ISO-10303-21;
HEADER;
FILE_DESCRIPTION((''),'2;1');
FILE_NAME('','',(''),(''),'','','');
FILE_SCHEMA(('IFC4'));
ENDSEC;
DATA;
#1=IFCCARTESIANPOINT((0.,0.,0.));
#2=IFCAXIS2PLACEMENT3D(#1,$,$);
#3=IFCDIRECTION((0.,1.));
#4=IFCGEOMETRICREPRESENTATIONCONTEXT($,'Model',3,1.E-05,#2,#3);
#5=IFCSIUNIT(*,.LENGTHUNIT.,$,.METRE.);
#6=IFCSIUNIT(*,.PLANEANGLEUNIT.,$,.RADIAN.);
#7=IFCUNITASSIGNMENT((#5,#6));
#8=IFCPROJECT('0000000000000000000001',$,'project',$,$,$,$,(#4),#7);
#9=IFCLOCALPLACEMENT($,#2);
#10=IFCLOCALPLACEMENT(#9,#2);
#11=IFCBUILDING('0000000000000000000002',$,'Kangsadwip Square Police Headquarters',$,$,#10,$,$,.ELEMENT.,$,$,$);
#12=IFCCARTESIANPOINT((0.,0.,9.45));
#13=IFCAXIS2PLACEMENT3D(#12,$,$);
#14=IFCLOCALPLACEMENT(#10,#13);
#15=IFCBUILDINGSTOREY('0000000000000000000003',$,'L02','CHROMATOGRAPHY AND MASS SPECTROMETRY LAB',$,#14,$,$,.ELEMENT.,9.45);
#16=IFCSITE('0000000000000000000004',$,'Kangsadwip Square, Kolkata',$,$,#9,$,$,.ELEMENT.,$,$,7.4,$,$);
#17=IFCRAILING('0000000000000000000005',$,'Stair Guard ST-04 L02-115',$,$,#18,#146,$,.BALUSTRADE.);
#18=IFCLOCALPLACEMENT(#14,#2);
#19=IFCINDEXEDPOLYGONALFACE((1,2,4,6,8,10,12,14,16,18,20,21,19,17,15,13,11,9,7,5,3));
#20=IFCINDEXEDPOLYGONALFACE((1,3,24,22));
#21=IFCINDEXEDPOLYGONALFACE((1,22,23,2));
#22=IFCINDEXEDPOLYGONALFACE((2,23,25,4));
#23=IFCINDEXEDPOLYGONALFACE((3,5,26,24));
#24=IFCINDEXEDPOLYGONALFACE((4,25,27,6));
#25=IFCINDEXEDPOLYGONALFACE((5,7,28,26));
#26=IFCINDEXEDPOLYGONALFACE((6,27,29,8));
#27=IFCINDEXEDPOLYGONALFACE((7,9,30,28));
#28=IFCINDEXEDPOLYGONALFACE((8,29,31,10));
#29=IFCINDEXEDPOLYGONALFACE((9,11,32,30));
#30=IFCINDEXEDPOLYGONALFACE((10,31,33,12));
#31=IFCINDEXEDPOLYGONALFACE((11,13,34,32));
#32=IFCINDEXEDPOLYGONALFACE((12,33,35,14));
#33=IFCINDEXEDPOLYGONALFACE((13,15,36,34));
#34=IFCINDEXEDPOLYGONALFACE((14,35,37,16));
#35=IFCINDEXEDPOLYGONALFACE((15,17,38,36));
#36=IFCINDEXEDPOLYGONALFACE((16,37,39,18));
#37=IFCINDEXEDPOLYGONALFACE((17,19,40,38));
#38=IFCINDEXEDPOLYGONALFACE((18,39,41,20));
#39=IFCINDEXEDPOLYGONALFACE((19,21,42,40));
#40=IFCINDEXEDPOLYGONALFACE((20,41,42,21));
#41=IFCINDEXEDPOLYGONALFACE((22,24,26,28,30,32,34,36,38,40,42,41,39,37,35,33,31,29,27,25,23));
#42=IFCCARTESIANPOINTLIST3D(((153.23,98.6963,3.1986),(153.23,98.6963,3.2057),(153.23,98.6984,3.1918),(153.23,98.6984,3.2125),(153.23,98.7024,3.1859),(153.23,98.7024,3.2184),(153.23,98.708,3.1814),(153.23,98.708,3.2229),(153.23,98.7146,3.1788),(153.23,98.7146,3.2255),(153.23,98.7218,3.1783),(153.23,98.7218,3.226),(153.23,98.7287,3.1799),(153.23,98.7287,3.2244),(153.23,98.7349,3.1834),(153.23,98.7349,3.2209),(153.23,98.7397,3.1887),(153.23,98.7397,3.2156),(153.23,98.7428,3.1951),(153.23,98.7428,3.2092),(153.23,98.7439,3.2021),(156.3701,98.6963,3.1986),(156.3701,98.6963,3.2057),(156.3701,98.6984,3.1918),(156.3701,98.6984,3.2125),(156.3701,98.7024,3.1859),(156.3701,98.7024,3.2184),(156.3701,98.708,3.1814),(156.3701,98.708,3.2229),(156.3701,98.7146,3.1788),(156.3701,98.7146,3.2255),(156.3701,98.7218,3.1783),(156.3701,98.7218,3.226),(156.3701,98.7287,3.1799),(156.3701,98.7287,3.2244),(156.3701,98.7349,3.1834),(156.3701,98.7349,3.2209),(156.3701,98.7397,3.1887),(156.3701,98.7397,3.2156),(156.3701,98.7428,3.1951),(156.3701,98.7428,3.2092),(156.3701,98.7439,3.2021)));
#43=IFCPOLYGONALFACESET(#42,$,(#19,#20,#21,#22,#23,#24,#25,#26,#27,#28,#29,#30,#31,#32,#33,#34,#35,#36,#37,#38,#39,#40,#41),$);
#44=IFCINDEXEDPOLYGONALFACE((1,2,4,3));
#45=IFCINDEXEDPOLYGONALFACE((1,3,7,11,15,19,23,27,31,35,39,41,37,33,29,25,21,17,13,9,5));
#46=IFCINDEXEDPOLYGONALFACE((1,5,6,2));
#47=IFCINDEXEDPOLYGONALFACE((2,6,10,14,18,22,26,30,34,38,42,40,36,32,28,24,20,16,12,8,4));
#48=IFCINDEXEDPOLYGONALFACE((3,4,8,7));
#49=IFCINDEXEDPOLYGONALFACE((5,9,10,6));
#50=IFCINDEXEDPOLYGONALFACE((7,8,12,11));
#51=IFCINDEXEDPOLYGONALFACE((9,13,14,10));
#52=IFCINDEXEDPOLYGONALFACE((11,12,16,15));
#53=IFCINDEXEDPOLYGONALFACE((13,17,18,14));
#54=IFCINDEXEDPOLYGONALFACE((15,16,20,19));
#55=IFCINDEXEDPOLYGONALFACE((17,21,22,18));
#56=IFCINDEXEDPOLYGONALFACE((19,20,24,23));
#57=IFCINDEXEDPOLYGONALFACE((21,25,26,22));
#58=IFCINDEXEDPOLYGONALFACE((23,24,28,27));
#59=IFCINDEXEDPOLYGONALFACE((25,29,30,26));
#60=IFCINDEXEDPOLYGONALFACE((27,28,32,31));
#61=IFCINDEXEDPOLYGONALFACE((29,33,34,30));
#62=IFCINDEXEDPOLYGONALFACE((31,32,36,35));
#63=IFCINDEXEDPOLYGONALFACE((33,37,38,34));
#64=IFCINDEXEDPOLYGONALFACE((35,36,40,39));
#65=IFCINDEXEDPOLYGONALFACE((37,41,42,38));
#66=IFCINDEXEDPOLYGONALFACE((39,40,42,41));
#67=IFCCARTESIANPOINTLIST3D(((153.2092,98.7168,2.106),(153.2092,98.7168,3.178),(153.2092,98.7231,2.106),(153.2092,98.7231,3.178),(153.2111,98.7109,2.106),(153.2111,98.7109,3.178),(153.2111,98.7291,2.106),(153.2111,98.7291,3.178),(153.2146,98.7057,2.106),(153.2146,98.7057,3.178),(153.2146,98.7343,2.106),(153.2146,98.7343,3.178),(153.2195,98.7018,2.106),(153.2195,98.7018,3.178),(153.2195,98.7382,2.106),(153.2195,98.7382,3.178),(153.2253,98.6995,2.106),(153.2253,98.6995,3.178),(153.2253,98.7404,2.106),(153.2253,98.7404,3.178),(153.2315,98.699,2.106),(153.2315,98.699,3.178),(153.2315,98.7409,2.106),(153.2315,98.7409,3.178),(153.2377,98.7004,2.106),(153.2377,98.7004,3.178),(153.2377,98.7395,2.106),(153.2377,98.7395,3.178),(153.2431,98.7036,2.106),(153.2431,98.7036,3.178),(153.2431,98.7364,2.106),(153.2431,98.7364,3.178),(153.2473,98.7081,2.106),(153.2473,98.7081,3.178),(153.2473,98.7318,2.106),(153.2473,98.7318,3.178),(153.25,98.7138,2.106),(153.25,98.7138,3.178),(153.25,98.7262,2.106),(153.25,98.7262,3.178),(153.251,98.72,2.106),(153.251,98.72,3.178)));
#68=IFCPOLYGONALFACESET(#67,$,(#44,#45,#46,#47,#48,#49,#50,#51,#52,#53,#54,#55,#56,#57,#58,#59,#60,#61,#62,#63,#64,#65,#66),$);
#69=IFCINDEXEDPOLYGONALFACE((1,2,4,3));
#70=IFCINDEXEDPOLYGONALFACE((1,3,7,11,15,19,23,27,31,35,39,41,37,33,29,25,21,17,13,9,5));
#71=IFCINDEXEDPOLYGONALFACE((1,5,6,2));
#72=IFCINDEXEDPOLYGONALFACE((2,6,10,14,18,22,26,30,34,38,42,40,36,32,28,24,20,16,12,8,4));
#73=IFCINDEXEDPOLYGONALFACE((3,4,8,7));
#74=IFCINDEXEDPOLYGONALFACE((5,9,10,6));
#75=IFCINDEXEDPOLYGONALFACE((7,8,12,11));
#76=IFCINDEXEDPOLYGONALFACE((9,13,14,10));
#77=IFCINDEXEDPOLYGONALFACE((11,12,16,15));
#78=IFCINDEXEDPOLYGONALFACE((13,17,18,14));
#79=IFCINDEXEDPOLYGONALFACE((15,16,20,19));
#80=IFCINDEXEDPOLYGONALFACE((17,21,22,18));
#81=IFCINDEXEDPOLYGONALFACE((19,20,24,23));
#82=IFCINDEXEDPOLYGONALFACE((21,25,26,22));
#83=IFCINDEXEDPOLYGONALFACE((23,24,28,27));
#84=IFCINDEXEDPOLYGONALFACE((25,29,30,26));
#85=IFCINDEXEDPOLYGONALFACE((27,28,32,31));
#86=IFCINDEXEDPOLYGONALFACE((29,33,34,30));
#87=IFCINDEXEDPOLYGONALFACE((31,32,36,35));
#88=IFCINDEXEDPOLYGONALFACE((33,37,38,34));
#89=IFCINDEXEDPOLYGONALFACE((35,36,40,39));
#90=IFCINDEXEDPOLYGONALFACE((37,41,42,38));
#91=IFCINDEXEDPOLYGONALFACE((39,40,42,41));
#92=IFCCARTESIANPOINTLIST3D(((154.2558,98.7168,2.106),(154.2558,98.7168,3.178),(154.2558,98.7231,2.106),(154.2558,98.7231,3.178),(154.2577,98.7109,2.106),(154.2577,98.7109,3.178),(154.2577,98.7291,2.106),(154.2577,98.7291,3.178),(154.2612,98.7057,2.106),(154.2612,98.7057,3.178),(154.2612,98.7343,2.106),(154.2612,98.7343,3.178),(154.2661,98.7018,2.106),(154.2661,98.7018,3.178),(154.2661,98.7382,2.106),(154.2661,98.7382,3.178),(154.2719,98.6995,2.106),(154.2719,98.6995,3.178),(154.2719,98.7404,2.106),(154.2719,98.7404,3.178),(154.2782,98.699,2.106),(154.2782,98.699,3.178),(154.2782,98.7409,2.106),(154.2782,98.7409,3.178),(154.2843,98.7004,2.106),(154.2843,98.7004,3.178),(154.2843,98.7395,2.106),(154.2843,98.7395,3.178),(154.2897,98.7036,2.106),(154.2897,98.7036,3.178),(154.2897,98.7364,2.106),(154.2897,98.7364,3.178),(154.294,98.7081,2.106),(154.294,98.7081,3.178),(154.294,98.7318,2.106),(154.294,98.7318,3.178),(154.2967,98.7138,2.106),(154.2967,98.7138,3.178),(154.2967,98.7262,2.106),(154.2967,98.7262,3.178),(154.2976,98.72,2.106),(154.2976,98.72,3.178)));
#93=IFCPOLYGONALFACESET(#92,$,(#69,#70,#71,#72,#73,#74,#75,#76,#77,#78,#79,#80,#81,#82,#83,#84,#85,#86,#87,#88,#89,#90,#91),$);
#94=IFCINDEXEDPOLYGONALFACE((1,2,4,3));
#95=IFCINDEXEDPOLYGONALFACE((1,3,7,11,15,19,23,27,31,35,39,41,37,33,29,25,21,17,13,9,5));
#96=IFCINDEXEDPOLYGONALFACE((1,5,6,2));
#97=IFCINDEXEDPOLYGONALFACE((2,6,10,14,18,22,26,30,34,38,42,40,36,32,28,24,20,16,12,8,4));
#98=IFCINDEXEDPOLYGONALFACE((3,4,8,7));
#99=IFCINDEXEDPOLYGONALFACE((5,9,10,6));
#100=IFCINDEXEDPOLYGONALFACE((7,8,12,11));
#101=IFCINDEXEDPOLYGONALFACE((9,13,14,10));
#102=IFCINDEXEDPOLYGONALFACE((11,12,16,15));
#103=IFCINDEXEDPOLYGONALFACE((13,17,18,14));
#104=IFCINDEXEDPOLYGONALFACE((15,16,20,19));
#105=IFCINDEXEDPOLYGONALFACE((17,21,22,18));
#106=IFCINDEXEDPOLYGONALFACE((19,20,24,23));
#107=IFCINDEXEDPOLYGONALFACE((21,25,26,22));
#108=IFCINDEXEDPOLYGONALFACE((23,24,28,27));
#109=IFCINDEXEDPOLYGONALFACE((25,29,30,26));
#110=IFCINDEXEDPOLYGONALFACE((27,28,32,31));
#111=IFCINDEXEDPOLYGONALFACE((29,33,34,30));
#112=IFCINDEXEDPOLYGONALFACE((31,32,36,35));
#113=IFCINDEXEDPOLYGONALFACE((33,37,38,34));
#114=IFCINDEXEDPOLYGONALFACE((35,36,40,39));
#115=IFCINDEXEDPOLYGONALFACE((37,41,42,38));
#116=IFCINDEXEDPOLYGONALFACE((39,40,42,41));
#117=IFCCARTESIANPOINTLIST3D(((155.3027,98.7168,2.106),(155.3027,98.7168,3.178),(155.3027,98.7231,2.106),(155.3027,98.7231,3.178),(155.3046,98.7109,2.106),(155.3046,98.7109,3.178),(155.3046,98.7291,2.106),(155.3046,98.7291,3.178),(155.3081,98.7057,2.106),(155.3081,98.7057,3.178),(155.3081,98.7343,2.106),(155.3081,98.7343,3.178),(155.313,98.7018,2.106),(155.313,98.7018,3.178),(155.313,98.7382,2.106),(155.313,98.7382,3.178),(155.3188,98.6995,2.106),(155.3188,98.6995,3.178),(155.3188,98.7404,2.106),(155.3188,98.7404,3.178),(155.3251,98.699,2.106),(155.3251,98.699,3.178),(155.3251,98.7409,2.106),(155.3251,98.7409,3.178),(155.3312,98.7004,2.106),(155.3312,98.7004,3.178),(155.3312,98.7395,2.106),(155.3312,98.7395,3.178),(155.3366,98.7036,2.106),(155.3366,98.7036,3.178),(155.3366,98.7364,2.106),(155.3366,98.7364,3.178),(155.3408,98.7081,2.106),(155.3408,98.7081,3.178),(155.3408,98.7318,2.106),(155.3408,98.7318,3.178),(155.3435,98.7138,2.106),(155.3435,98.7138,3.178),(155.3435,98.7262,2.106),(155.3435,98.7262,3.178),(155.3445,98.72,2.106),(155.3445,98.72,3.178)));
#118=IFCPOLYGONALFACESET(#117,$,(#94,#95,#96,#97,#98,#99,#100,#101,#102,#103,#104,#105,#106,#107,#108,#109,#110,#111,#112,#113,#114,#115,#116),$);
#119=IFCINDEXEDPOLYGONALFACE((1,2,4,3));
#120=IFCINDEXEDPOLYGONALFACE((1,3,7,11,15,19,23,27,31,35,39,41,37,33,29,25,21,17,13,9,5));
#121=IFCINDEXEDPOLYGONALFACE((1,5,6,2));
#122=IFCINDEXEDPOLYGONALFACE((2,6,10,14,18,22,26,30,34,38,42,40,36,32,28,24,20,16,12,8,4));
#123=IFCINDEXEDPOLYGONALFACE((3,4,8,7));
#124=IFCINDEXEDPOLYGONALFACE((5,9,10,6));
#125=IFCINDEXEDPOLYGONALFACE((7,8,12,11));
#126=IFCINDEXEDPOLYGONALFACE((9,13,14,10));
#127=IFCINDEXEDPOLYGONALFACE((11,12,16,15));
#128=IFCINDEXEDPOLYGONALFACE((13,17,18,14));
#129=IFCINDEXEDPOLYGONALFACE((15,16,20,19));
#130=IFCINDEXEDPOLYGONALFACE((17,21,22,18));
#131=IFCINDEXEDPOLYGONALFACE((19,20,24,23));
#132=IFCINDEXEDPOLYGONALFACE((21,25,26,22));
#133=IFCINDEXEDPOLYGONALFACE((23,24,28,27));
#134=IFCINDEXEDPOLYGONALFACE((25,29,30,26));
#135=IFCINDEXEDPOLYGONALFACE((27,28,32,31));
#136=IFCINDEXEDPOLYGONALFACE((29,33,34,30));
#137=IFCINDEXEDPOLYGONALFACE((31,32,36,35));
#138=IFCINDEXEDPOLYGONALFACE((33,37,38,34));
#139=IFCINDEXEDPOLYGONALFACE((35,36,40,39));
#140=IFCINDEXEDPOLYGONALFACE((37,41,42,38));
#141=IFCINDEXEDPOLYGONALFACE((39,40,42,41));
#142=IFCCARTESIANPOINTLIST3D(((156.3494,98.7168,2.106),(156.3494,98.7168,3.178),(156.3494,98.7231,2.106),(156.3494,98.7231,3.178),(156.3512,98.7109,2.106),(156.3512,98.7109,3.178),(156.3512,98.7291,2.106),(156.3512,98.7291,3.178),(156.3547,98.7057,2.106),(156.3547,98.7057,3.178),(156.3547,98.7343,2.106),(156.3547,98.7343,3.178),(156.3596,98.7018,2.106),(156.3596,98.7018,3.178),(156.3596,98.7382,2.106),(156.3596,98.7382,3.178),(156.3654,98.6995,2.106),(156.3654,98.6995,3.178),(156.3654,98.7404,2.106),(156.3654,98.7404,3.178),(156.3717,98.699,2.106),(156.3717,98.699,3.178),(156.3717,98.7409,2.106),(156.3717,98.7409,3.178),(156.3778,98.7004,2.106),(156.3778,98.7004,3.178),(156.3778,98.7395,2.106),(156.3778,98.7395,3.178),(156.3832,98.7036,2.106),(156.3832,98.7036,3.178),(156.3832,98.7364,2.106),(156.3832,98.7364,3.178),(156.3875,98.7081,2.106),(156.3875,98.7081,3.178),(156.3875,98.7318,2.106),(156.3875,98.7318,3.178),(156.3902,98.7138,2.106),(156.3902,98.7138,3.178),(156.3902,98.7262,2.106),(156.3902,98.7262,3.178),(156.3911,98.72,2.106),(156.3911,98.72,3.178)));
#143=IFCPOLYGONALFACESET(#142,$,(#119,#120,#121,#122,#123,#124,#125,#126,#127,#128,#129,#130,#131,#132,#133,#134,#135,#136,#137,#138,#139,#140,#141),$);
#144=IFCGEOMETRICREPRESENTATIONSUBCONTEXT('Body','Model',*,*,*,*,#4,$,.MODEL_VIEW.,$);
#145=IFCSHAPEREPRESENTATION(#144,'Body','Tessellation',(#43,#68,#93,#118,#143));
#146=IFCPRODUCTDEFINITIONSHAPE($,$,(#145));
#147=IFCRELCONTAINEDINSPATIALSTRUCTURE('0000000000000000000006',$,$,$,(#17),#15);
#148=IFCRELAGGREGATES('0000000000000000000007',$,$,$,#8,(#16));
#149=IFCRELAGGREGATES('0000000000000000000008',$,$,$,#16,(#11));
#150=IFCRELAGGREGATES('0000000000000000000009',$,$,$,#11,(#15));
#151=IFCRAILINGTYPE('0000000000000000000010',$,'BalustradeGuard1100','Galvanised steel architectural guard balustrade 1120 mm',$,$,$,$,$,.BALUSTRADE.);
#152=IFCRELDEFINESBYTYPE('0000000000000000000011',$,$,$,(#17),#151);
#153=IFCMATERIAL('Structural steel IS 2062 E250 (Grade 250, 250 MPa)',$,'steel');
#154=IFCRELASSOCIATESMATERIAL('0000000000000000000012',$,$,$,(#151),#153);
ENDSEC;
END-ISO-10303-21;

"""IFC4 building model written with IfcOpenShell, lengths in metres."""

from ifc_helpers import new_model, si_unit, direction, frame, origin, origin_2d, place, context, subcontext, project, spatial, circle, extrude, material, type_object, element, save


model = new_model("IFC4")

# Units and contexts
model_context = context("Model", 3, precision=1e-05, world=origin(), true_north=direction((0.0, 1.0)))
body_context = subcontext(model_context, "Body", "Model", "MODEL_VIEW")
ifc_project = project(units=[si_unit("LENGTHUNIT", "METRE"), si_unit("PLANEANGLEUNIT", "RADIAN")], contexts=[model_context])

# Site, building, storey
site_placement = place(None, origin())
site = spatial("IfcSite", under=ifc_project, at=site_placement, Name="Kangsadwip Square, Kolkata", CompositionType="ELEMENT", RefElevation=7.4)
building_placement = place(site_placement, origin())
building = spatial("IfcBuilding", under=site, at=building_placement, Name="Kangsadwip Square Police Headquarters", CompositionType="ELEMENT")
storey_placement = place(building_placement, frame((0.0, 0.0, 9.45)))
storey = spatial("IfcBuildingStorey", under=building, at=storey_placement, Name="L02", Description="CHROMATOGRAPHY AND MASS SPECTROMETRY LAB", CompositionType="ELEMENT", Elevation=9.45)

# Railing
ifc_material_1 = material(Name="Structural steel IS 2062 E250 (Grade 250, 250 MPa)", Category="steel")
railing_type_1 = type_object("IfcRailingType", Name="BalustradeGuard1100", Description="Galvanised steel architectural guard balustrade 1120 mm", PredefinedType="BALUSTRADE", material=ifc_material_1)
for number, where, name in (
    (1, (153.23, 98.72, 2.106), "Stair Guard ST-04 L02-115"),
):
    element("IfcRailing", number, at=place(storey_placement, frame(where)), inside=storey, type_object=railing_type_1, Name=name, PredefinedType="BALUSTRADE", context=body_context, shape_type="SweptSolid", body=[
        extrude(circle(Radius=0.0239, at=origin_2d()), frame((0.0, 0.0, 1.0962), z_axis=(1.0, 0.0, 0.0), x_axis=(0.0, 1.0, 0.0)), (0.0, 0.0, 1.0), 3.1401),
        extrude(circle(Radius=0.021, at=origin_2d()), origin(), (0.0, 0.0, 1.0), 1.072),
        extrude(circle(Radius=0.021, at=origin_2d()), frame((1.0466, 0.0, 0.0)), (0.0, 0.0, 1.0), 1.072),
        extrude(circle(Radius=0.021, at=origin_2d()), frame((2.0935, 0.0, 0.0)), (0.0, 0.0, 1.0), 1.072),
        extrude(circle(Radius=0.021, at=origin_2d()), frame((3.1401, 0.0, 0.0)), (0.0, 0.0, 1.0), 1.072),
    ])

save(model, "model.ifc")
